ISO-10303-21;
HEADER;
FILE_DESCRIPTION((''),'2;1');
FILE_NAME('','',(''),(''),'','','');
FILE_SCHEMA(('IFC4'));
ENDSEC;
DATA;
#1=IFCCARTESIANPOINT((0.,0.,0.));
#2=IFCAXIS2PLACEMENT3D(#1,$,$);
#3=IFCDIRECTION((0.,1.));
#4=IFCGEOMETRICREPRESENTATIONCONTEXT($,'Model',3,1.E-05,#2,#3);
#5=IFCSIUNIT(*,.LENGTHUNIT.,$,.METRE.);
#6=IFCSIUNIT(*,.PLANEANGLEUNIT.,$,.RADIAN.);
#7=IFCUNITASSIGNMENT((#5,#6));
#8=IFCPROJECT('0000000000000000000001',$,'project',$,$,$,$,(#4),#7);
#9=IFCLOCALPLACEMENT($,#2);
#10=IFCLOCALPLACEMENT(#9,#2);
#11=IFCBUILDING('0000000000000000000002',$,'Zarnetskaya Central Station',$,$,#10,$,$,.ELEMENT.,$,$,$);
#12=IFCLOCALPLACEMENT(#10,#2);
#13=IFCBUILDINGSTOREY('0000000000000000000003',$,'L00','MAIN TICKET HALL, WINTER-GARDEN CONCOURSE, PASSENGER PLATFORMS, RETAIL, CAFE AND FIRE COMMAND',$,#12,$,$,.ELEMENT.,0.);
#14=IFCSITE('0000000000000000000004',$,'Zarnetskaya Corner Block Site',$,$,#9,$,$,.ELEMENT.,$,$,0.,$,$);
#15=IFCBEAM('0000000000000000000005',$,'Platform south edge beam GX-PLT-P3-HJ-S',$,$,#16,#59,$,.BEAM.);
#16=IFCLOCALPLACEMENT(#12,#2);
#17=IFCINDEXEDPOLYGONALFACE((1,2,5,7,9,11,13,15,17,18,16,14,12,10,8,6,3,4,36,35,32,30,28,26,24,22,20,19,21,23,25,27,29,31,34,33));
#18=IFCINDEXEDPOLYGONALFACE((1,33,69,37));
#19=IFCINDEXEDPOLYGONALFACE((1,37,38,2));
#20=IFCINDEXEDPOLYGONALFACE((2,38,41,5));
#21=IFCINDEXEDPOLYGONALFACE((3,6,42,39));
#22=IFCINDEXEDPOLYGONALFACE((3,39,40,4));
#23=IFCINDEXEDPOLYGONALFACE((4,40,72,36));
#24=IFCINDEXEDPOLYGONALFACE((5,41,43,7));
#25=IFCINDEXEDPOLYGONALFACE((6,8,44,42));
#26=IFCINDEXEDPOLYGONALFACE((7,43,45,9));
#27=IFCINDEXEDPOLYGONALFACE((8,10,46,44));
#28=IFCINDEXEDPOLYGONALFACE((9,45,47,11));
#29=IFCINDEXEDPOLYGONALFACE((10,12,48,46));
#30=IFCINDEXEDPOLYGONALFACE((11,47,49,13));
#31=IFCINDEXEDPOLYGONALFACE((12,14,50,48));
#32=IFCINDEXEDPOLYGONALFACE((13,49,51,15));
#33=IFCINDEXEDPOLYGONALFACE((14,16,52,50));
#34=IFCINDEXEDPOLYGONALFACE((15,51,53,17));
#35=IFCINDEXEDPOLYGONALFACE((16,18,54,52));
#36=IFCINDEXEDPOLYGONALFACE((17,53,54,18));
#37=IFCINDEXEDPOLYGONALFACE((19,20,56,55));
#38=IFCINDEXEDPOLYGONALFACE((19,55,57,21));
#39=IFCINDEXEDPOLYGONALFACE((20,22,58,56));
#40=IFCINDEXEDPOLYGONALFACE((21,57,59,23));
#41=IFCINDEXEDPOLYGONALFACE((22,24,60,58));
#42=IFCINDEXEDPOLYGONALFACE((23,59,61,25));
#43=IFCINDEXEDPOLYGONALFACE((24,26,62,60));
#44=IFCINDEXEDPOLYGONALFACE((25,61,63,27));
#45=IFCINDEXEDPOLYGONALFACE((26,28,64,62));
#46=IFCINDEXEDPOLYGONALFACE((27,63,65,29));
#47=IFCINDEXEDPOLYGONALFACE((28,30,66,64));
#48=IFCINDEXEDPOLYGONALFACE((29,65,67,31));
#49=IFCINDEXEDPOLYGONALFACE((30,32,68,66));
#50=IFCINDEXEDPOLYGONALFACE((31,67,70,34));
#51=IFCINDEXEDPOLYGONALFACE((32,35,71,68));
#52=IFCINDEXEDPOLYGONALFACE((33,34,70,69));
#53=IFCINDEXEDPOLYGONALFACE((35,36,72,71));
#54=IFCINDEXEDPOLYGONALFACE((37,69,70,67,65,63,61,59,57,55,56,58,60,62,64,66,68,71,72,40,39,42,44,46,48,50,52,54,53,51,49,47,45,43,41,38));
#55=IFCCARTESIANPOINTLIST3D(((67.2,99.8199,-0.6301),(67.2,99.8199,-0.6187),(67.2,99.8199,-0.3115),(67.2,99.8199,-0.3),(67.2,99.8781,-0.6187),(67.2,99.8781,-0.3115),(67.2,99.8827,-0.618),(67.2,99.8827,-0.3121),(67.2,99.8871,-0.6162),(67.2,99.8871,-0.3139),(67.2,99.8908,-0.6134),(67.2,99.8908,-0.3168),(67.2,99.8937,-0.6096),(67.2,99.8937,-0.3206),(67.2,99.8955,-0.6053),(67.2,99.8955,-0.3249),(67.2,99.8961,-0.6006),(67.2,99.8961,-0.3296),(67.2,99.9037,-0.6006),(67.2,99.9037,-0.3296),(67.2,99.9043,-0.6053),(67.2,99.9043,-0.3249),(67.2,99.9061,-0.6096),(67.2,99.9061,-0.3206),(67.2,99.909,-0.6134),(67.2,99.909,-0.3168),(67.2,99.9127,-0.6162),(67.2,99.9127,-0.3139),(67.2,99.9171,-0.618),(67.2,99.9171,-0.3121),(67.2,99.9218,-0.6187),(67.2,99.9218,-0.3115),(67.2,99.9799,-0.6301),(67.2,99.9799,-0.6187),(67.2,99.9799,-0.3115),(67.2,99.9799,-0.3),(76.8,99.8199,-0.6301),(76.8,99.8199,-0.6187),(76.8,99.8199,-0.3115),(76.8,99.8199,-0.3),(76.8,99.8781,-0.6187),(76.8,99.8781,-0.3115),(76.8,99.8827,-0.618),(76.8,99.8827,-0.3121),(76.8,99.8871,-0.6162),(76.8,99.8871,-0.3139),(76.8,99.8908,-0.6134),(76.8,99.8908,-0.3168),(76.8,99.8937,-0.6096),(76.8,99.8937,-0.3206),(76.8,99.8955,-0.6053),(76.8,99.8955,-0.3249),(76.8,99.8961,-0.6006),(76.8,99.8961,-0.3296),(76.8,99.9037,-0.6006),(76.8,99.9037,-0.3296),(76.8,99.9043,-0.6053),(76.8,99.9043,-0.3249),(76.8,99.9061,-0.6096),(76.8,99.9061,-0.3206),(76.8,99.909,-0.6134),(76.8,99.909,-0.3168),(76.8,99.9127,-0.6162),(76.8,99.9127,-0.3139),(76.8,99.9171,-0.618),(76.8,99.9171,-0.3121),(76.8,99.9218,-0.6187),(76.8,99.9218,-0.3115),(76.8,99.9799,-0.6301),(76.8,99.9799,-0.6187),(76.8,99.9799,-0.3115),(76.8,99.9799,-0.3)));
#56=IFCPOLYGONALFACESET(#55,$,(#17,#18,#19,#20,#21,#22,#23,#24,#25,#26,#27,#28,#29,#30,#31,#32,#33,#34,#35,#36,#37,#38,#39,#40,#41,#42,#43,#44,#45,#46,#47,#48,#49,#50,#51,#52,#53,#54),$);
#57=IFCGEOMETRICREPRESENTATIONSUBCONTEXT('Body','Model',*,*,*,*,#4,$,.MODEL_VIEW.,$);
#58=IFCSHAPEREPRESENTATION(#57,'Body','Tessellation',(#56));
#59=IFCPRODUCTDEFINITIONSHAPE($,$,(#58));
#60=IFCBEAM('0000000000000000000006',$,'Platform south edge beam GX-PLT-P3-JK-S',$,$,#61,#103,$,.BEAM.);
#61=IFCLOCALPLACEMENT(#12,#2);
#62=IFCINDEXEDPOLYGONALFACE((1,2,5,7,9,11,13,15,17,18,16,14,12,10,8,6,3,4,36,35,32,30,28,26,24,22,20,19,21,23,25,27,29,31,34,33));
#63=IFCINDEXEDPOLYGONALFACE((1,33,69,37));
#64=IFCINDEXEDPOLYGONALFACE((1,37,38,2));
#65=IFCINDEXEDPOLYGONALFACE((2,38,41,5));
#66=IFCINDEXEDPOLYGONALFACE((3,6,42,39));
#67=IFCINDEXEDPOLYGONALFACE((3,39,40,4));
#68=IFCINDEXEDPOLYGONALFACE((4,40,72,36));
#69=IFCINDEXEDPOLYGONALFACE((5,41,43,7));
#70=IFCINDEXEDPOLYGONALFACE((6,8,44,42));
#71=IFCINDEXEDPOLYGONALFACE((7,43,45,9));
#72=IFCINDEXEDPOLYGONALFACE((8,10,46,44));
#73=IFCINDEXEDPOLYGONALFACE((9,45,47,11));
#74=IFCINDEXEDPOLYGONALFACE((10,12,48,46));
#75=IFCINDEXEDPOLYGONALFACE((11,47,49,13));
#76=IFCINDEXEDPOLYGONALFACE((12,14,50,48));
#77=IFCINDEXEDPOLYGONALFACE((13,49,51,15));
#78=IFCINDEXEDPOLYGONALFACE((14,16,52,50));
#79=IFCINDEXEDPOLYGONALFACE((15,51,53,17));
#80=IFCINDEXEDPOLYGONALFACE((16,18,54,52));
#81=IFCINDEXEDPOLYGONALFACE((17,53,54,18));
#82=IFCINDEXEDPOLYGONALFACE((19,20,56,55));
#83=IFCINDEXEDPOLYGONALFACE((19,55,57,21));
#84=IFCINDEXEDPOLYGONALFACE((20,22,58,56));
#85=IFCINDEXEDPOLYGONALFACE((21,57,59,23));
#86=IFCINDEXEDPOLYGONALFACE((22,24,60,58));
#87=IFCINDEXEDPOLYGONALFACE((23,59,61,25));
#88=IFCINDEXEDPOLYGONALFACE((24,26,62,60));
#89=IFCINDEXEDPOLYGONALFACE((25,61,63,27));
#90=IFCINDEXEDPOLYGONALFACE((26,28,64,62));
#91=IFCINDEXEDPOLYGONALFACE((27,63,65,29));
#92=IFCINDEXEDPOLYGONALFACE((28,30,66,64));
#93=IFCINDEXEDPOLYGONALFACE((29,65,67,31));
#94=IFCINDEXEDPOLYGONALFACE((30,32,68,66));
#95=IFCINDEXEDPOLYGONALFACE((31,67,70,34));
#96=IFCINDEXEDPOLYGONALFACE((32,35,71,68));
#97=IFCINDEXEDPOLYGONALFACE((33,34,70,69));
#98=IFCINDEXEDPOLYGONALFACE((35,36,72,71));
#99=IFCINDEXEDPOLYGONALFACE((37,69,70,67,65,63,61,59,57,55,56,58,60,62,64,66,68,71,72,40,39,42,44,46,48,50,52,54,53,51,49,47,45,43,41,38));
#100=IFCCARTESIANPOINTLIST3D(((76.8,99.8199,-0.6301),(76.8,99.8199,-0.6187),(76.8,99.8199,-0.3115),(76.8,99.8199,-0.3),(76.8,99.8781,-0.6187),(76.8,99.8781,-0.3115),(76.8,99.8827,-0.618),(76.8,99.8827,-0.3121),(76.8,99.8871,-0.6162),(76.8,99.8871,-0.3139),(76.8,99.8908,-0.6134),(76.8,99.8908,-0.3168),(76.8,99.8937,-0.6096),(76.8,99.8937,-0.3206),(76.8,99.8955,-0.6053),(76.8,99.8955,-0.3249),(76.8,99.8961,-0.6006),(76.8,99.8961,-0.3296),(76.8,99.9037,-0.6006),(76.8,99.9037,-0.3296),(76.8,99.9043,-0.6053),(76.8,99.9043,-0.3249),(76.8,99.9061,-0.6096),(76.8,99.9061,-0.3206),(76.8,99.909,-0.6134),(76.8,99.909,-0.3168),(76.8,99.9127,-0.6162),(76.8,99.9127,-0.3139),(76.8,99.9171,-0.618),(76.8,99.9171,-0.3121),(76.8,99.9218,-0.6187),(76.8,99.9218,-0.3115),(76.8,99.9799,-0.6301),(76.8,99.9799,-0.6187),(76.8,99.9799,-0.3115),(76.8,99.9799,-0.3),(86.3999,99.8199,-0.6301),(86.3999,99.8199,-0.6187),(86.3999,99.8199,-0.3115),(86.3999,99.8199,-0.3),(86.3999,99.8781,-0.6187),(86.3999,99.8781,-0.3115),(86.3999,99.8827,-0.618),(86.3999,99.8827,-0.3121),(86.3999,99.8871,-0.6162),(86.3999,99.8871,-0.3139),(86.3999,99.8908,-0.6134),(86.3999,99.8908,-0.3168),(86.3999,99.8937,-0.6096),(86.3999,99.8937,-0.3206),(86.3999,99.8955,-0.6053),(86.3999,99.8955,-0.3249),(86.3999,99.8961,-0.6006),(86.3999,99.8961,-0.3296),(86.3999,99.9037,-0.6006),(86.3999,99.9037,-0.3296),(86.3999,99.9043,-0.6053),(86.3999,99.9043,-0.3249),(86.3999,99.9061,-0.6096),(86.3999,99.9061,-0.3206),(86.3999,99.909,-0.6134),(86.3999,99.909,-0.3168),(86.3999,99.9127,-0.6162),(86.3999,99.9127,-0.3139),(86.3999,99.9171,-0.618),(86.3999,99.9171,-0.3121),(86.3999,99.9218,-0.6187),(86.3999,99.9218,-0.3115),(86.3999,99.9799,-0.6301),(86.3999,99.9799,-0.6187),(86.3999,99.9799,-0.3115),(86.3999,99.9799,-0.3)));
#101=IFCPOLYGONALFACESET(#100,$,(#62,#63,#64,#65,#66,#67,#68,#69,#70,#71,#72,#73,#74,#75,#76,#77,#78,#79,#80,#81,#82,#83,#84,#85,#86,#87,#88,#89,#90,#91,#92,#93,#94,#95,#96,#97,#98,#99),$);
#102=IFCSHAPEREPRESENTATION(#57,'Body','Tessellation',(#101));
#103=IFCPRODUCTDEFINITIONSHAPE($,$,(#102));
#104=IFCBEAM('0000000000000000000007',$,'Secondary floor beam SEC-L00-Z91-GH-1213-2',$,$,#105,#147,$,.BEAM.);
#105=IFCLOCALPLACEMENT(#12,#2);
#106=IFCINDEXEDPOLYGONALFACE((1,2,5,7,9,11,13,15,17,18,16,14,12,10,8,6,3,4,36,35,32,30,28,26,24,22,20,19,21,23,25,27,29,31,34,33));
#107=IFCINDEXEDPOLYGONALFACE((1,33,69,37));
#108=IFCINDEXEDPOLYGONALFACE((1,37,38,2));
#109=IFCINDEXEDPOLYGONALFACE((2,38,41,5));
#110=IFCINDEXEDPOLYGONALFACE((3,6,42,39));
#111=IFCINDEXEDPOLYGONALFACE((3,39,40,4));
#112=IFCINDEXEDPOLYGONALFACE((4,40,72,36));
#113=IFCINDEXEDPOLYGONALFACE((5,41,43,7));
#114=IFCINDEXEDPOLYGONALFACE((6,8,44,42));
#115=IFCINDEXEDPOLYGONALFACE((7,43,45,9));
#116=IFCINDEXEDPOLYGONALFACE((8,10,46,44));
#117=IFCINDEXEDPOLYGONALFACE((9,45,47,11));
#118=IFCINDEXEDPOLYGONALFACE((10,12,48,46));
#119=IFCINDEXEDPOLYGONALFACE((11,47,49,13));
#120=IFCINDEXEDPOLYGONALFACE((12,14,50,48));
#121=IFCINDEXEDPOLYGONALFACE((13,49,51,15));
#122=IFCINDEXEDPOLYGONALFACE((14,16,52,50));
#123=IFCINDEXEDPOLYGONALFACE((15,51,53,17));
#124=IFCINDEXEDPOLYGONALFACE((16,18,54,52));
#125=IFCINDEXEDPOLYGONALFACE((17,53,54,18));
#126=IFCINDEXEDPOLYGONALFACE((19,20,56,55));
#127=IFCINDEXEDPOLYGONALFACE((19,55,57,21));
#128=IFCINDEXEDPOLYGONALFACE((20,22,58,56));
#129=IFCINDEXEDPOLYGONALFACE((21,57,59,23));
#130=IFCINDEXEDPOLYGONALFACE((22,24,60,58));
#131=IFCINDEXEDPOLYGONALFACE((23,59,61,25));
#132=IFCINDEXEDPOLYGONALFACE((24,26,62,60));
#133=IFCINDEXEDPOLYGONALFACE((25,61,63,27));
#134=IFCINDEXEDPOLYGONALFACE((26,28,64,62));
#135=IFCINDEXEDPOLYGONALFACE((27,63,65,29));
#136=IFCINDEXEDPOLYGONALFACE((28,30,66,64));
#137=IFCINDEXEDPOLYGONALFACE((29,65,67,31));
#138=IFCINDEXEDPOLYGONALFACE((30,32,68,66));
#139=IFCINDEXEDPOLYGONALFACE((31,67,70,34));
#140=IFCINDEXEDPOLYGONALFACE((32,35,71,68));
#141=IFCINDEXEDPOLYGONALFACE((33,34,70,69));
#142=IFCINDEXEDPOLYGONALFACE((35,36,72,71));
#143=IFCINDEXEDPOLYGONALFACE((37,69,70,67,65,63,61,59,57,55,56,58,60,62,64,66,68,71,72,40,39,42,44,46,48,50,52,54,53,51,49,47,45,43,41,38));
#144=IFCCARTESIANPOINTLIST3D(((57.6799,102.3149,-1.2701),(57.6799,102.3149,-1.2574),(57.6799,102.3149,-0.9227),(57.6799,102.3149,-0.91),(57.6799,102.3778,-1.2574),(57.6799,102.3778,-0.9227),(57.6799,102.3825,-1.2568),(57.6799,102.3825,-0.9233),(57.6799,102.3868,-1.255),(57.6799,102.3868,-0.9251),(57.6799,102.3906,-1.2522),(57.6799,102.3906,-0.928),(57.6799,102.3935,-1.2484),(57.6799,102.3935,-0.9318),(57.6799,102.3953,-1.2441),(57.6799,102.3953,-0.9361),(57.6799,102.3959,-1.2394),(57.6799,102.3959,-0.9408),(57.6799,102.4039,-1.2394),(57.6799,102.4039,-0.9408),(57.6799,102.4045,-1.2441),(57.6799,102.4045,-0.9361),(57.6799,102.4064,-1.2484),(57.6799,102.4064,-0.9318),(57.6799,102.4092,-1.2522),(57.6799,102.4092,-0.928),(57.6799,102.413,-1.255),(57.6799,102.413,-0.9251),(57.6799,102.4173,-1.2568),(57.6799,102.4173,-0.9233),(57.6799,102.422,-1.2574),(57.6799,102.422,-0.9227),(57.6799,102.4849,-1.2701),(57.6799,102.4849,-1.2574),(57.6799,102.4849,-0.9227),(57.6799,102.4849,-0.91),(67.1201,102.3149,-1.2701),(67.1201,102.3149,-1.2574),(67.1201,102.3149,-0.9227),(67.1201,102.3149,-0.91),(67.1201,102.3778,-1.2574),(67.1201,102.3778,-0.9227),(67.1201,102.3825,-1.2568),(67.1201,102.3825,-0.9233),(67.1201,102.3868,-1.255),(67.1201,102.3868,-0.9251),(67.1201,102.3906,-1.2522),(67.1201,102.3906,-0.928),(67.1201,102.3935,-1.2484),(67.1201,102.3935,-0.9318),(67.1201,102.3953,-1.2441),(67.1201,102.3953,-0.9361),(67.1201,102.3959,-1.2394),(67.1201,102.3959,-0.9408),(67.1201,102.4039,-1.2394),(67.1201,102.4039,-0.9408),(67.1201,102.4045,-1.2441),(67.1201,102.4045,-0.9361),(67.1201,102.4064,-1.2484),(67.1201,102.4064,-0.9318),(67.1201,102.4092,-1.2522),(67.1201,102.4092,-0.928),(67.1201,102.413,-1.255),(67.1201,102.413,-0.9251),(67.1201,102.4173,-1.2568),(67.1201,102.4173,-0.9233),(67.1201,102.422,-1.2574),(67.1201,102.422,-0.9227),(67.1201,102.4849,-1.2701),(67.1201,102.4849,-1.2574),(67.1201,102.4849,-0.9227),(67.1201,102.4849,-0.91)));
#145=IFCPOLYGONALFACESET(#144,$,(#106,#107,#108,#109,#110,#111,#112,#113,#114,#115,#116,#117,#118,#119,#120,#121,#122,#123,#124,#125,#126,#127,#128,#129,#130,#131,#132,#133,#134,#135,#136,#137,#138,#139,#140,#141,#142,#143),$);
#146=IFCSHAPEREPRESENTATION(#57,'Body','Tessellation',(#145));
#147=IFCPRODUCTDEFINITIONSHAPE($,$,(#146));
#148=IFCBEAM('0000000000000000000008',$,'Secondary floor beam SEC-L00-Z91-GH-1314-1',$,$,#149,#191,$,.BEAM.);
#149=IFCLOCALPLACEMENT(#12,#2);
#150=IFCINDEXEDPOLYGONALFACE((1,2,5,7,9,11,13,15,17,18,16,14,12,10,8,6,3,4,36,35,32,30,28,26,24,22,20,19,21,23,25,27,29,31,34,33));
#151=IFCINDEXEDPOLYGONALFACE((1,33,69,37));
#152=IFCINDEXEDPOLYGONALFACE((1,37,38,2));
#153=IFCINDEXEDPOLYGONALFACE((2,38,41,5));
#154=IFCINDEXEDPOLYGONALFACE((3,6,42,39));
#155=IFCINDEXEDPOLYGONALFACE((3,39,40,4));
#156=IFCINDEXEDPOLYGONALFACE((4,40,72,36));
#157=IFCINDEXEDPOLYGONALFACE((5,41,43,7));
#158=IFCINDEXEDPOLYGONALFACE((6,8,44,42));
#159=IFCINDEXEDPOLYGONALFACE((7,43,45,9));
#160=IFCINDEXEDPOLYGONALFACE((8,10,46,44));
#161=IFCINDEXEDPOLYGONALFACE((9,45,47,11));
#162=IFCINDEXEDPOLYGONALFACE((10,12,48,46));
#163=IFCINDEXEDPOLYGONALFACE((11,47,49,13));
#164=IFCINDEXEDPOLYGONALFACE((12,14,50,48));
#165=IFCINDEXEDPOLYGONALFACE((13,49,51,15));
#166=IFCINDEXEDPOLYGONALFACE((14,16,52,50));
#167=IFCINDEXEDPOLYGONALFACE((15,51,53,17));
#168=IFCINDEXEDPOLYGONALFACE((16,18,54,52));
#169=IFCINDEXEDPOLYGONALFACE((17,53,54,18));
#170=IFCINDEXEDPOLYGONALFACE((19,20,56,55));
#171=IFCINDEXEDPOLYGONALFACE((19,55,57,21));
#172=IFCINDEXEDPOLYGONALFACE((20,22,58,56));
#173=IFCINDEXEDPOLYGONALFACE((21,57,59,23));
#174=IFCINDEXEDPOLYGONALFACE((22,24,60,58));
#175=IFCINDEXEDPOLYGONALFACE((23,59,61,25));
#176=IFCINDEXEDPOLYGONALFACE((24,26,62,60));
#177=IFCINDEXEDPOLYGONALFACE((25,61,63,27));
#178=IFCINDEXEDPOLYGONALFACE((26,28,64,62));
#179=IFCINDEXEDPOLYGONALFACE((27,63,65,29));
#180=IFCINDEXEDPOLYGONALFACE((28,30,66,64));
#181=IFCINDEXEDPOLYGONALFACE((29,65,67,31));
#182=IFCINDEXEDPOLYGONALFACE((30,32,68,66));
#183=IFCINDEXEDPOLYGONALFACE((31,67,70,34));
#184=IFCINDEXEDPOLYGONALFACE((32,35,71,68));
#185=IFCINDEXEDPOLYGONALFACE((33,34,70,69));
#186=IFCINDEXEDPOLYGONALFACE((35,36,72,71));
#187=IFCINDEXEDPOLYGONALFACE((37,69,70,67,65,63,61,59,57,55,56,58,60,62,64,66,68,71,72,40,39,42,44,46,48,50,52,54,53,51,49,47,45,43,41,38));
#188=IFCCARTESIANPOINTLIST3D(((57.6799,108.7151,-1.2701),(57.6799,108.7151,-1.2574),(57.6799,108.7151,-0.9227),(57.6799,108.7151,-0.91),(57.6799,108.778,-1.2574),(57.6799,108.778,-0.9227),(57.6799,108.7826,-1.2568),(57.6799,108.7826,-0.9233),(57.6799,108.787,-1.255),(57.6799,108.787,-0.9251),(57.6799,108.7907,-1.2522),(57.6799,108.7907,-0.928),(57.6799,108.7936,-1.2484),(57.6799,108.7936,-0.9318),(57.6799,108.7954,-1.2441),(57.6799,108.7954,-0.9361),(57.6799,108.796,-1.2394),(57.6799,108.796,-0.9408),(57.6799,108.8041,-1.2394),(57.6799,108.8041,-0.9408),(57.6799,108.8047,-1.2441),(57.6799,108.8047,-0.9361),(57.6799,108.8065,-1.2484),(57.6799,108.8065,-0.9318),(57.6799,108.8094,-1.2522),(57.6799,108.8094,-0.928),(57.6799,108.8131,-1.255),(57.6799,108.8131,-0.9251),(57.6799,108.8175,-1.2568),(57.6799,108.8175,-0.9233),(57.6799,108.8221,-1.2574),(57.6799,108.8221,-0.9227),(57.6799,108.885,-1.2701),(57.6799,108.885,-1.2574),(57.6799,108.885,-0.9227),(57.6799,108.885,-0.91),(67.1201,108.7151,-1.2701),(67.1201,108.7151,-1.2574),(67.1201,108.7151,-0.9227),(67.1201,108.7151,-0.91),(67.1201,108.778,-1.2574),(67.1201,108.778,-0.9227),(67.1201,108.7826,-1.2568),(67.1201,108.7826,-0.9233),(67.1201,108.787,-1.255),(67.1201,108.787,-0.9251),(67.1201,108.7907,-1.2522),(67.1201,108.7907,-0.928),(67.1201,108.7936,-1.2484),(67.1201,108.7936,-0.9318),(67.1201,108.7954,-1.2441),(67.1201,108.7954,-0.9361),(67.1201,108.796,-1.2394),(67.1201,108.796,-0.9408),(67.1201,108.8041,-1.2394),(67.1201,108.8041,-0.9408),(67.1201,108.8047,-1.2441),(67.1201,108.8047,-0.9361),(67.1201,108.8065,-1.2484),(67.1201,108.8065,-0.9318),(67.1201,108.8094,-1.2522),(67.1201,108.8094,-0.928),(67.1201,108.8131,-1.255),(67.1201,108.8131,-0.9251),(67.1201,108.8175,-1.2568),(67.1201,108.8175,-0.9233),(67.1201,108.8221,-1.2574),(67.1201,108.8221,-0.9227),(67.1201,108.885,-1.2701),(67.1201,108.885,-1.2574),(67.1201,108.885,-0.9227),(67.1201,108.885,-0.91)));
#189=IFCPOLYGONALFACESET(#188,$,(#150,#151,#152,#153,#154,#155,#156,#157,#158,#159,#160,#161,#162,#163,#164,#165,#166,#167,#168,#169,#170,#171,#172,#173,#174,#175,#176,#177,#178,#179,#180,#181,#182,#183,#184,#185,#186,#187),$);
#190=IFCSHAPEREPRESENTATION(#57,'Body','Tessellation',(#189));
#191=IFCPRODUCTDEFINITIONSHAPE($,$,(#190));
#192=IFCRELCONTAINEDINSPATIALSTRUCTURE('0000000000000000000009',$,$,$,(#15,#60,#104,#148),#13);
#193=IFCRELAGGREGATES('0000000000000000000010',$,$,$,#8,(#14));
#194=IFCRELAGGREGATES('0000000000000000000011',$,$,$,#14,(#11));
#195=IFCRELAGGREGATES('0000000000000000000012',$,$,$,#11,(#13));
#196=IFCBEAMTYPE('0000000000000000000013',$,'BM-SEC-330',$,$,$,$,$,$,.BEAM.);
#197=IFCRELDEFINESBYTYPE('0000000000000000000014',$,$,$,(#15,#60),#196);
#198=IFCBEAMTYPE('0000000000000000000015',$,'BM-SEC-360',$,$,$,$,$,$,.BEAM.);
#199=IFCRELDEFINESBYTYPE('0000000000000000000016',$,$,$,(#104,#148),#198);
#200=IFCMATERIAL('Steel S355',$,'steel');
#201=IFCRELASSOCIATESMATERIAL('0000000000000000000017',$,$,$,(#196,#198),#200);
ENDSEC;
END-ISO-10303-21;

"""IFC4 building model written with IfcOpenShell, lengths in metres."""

from ifc_helpers import new_model, si_unit, direction, frame, origin, origin_2d, place, context, subcontext, project, spatial, i_section, extrude, material, material_profile, profile_set, type_object, element, save


model = new_model("IFC4")

# Units and contexts
model_context = context("Model", 3, precision=1e-05, world=origin(), true_north=direction((0.0, 1.0)))
body_context = subcontext(model_context, "Body", "Model", "MODEL_VIEW")
ifc_project = project(units=[si_unit("LENGTHUNIT", "METRE"), si_unit("PLANEANGLEUNIT", "RADIAN")], contexts=[model_context])

# Site, building, storey
site_placement = place(None, origin())
site = spatial("IfcSite", under=ifc_project, at=site_placement, Name="Zarnetskaya Corner Block Site", CompositionType="ELEMENT", RefElevation=0.0)
building_placement = place(site_placement, origin())
building = spatial("IfcBuilding", under=site, at=building_placement, Name="Zarnetskaya Central Station", CompositionType="ELEMENT")
storey_placement = place(building_placement, origin())
storey = spatial("IfcBuildingStorey", under=building, at=storey_placement, Name="L00", Description="MAIN TICKET HALL, WINTER-GARDEN CONCOURSE, PASSENGER PLATFORMS, RETAIL, CAFE AND FIRE COMMAND", CompositionType="ELEMENT", Elevation=0.0)

# Shared definitions
ifc_material = material(Name="Steel S355", Category="steel")

# Beams
ifc_material_profile_1 = material_profile(ifc_material, i_section(OverallWidth=0.1599, OverallDepth=0.3301, WebThickness=0.0076, FlangeThickness=0.0115, FilletRadius=0.0181, at=origin_2d()), Name="IPE 330")
ifc_profile_set_1 = profile_set([ifc_material_profile_1], Name="Steel S355")
beam_type_1 = type_object("IfcBeamType", Name="BM-SEC-330", PredefinedType="BEAM", material=ifc_profile_set_1)
beam_1_placement = place(storey_placement, frame((67.2, 99.8999, -0.4651), z_axis=(1.0, 0.0, 0.0), x_axis=(0.0, 1.0, 0.0)))
element("IfcBeam", 1, at=beam_1_placement, inside=storey, type_object=beam_type_1, Name="Platform south edge beam GX-PLT-P3-HJ-S", PredefinedType="BEAM", context=body_context, shape_type="SweptSolid", body=[
    extrude(i_section(OverallWidth=0.1599, OverallDepth=0.3301, WebThickness=0.0076, FlangeThickness=0.0115, FilletRadius=0.0181, at=origin_2d()), origin(), (0.0, 0.0, 1.0), 9.6001),
])
beam_2_placement = place(storey_placement, frame((76.8, 99.8999, -0.4651), z_axis=(1.0, 0.0, 0.0), x_axis=(0.0, 1.0, 0.0)))
element("IfcBeam", 2, at=beam_2_placement, inside=storey, type_object=beam_type_1, Name="Platform south edge beam GX-PLT-P3-JK-S", PredefinedType="BEAM", context=body_context, shape_type="SweptSolid", body=[
    extrude(i_section(OverallWidth=0.1599, OverallDepth=0.3301, WebThickness=0.0076, FlangeThickness=0.0115, FilletRadius=0.0181, at=origin_2d()), origin(), (0.0, 0.0, 1.0), 9.5999),
])
ifc_material_profile_2 = material_profile(ifc_material, i_section(OverallWidth=0.1699, OverallDepth=0.3601, WebThickness=0.0081, FlangeThickness=0.0127, FilletRadius=0.0181, at=origin_2d()), Name="IPE 360")
ifc_profile_set_2 = profile_set([ifc_material_profile_2], Name="Steel S355")
beam_type_2 = type_object("IfcBeamType", Name="BM-SEC-360", PredefinedType="BEAM", material=ifc_profile_set_2)
for number, where, z_axis, x_axis, name in (
    (3, (57.6799, 102.3999, -1.0901), (1.0, 0.0, 0.0), (0.0, 1.0, 0.0), "Secondary floor beam SEC-L00-Z91-GH-1213-2"),
    (4, (57.6799, 108.8, -1.0901), (1.0, 0.0, 0.0), (0.0, 1.0, 0.0), "Secondary floor beam SEC-L00-Z91-GH-1314-1"),
):
    element("IfcBeam", number, at=place(storey_placement, frame(where, z_axis=z_axis, x_axis=x_axis)), inside=storey, type_object=beam_type_2, Name=name, PredefinedType="BEAM", context=body_context, shape_type="SweptSolid", body=[
        extrude(i_section(OverallWidth=0.1699, OverallDepth=0.3601, WebThickness=0.0081, FlangeThickness=0.0127, FilletRadius=0.0181, at=origin_2d()), origin(), (0.0, 0.0, 1.0), 9.4402),
    ])

save(model, "model.ifc")
